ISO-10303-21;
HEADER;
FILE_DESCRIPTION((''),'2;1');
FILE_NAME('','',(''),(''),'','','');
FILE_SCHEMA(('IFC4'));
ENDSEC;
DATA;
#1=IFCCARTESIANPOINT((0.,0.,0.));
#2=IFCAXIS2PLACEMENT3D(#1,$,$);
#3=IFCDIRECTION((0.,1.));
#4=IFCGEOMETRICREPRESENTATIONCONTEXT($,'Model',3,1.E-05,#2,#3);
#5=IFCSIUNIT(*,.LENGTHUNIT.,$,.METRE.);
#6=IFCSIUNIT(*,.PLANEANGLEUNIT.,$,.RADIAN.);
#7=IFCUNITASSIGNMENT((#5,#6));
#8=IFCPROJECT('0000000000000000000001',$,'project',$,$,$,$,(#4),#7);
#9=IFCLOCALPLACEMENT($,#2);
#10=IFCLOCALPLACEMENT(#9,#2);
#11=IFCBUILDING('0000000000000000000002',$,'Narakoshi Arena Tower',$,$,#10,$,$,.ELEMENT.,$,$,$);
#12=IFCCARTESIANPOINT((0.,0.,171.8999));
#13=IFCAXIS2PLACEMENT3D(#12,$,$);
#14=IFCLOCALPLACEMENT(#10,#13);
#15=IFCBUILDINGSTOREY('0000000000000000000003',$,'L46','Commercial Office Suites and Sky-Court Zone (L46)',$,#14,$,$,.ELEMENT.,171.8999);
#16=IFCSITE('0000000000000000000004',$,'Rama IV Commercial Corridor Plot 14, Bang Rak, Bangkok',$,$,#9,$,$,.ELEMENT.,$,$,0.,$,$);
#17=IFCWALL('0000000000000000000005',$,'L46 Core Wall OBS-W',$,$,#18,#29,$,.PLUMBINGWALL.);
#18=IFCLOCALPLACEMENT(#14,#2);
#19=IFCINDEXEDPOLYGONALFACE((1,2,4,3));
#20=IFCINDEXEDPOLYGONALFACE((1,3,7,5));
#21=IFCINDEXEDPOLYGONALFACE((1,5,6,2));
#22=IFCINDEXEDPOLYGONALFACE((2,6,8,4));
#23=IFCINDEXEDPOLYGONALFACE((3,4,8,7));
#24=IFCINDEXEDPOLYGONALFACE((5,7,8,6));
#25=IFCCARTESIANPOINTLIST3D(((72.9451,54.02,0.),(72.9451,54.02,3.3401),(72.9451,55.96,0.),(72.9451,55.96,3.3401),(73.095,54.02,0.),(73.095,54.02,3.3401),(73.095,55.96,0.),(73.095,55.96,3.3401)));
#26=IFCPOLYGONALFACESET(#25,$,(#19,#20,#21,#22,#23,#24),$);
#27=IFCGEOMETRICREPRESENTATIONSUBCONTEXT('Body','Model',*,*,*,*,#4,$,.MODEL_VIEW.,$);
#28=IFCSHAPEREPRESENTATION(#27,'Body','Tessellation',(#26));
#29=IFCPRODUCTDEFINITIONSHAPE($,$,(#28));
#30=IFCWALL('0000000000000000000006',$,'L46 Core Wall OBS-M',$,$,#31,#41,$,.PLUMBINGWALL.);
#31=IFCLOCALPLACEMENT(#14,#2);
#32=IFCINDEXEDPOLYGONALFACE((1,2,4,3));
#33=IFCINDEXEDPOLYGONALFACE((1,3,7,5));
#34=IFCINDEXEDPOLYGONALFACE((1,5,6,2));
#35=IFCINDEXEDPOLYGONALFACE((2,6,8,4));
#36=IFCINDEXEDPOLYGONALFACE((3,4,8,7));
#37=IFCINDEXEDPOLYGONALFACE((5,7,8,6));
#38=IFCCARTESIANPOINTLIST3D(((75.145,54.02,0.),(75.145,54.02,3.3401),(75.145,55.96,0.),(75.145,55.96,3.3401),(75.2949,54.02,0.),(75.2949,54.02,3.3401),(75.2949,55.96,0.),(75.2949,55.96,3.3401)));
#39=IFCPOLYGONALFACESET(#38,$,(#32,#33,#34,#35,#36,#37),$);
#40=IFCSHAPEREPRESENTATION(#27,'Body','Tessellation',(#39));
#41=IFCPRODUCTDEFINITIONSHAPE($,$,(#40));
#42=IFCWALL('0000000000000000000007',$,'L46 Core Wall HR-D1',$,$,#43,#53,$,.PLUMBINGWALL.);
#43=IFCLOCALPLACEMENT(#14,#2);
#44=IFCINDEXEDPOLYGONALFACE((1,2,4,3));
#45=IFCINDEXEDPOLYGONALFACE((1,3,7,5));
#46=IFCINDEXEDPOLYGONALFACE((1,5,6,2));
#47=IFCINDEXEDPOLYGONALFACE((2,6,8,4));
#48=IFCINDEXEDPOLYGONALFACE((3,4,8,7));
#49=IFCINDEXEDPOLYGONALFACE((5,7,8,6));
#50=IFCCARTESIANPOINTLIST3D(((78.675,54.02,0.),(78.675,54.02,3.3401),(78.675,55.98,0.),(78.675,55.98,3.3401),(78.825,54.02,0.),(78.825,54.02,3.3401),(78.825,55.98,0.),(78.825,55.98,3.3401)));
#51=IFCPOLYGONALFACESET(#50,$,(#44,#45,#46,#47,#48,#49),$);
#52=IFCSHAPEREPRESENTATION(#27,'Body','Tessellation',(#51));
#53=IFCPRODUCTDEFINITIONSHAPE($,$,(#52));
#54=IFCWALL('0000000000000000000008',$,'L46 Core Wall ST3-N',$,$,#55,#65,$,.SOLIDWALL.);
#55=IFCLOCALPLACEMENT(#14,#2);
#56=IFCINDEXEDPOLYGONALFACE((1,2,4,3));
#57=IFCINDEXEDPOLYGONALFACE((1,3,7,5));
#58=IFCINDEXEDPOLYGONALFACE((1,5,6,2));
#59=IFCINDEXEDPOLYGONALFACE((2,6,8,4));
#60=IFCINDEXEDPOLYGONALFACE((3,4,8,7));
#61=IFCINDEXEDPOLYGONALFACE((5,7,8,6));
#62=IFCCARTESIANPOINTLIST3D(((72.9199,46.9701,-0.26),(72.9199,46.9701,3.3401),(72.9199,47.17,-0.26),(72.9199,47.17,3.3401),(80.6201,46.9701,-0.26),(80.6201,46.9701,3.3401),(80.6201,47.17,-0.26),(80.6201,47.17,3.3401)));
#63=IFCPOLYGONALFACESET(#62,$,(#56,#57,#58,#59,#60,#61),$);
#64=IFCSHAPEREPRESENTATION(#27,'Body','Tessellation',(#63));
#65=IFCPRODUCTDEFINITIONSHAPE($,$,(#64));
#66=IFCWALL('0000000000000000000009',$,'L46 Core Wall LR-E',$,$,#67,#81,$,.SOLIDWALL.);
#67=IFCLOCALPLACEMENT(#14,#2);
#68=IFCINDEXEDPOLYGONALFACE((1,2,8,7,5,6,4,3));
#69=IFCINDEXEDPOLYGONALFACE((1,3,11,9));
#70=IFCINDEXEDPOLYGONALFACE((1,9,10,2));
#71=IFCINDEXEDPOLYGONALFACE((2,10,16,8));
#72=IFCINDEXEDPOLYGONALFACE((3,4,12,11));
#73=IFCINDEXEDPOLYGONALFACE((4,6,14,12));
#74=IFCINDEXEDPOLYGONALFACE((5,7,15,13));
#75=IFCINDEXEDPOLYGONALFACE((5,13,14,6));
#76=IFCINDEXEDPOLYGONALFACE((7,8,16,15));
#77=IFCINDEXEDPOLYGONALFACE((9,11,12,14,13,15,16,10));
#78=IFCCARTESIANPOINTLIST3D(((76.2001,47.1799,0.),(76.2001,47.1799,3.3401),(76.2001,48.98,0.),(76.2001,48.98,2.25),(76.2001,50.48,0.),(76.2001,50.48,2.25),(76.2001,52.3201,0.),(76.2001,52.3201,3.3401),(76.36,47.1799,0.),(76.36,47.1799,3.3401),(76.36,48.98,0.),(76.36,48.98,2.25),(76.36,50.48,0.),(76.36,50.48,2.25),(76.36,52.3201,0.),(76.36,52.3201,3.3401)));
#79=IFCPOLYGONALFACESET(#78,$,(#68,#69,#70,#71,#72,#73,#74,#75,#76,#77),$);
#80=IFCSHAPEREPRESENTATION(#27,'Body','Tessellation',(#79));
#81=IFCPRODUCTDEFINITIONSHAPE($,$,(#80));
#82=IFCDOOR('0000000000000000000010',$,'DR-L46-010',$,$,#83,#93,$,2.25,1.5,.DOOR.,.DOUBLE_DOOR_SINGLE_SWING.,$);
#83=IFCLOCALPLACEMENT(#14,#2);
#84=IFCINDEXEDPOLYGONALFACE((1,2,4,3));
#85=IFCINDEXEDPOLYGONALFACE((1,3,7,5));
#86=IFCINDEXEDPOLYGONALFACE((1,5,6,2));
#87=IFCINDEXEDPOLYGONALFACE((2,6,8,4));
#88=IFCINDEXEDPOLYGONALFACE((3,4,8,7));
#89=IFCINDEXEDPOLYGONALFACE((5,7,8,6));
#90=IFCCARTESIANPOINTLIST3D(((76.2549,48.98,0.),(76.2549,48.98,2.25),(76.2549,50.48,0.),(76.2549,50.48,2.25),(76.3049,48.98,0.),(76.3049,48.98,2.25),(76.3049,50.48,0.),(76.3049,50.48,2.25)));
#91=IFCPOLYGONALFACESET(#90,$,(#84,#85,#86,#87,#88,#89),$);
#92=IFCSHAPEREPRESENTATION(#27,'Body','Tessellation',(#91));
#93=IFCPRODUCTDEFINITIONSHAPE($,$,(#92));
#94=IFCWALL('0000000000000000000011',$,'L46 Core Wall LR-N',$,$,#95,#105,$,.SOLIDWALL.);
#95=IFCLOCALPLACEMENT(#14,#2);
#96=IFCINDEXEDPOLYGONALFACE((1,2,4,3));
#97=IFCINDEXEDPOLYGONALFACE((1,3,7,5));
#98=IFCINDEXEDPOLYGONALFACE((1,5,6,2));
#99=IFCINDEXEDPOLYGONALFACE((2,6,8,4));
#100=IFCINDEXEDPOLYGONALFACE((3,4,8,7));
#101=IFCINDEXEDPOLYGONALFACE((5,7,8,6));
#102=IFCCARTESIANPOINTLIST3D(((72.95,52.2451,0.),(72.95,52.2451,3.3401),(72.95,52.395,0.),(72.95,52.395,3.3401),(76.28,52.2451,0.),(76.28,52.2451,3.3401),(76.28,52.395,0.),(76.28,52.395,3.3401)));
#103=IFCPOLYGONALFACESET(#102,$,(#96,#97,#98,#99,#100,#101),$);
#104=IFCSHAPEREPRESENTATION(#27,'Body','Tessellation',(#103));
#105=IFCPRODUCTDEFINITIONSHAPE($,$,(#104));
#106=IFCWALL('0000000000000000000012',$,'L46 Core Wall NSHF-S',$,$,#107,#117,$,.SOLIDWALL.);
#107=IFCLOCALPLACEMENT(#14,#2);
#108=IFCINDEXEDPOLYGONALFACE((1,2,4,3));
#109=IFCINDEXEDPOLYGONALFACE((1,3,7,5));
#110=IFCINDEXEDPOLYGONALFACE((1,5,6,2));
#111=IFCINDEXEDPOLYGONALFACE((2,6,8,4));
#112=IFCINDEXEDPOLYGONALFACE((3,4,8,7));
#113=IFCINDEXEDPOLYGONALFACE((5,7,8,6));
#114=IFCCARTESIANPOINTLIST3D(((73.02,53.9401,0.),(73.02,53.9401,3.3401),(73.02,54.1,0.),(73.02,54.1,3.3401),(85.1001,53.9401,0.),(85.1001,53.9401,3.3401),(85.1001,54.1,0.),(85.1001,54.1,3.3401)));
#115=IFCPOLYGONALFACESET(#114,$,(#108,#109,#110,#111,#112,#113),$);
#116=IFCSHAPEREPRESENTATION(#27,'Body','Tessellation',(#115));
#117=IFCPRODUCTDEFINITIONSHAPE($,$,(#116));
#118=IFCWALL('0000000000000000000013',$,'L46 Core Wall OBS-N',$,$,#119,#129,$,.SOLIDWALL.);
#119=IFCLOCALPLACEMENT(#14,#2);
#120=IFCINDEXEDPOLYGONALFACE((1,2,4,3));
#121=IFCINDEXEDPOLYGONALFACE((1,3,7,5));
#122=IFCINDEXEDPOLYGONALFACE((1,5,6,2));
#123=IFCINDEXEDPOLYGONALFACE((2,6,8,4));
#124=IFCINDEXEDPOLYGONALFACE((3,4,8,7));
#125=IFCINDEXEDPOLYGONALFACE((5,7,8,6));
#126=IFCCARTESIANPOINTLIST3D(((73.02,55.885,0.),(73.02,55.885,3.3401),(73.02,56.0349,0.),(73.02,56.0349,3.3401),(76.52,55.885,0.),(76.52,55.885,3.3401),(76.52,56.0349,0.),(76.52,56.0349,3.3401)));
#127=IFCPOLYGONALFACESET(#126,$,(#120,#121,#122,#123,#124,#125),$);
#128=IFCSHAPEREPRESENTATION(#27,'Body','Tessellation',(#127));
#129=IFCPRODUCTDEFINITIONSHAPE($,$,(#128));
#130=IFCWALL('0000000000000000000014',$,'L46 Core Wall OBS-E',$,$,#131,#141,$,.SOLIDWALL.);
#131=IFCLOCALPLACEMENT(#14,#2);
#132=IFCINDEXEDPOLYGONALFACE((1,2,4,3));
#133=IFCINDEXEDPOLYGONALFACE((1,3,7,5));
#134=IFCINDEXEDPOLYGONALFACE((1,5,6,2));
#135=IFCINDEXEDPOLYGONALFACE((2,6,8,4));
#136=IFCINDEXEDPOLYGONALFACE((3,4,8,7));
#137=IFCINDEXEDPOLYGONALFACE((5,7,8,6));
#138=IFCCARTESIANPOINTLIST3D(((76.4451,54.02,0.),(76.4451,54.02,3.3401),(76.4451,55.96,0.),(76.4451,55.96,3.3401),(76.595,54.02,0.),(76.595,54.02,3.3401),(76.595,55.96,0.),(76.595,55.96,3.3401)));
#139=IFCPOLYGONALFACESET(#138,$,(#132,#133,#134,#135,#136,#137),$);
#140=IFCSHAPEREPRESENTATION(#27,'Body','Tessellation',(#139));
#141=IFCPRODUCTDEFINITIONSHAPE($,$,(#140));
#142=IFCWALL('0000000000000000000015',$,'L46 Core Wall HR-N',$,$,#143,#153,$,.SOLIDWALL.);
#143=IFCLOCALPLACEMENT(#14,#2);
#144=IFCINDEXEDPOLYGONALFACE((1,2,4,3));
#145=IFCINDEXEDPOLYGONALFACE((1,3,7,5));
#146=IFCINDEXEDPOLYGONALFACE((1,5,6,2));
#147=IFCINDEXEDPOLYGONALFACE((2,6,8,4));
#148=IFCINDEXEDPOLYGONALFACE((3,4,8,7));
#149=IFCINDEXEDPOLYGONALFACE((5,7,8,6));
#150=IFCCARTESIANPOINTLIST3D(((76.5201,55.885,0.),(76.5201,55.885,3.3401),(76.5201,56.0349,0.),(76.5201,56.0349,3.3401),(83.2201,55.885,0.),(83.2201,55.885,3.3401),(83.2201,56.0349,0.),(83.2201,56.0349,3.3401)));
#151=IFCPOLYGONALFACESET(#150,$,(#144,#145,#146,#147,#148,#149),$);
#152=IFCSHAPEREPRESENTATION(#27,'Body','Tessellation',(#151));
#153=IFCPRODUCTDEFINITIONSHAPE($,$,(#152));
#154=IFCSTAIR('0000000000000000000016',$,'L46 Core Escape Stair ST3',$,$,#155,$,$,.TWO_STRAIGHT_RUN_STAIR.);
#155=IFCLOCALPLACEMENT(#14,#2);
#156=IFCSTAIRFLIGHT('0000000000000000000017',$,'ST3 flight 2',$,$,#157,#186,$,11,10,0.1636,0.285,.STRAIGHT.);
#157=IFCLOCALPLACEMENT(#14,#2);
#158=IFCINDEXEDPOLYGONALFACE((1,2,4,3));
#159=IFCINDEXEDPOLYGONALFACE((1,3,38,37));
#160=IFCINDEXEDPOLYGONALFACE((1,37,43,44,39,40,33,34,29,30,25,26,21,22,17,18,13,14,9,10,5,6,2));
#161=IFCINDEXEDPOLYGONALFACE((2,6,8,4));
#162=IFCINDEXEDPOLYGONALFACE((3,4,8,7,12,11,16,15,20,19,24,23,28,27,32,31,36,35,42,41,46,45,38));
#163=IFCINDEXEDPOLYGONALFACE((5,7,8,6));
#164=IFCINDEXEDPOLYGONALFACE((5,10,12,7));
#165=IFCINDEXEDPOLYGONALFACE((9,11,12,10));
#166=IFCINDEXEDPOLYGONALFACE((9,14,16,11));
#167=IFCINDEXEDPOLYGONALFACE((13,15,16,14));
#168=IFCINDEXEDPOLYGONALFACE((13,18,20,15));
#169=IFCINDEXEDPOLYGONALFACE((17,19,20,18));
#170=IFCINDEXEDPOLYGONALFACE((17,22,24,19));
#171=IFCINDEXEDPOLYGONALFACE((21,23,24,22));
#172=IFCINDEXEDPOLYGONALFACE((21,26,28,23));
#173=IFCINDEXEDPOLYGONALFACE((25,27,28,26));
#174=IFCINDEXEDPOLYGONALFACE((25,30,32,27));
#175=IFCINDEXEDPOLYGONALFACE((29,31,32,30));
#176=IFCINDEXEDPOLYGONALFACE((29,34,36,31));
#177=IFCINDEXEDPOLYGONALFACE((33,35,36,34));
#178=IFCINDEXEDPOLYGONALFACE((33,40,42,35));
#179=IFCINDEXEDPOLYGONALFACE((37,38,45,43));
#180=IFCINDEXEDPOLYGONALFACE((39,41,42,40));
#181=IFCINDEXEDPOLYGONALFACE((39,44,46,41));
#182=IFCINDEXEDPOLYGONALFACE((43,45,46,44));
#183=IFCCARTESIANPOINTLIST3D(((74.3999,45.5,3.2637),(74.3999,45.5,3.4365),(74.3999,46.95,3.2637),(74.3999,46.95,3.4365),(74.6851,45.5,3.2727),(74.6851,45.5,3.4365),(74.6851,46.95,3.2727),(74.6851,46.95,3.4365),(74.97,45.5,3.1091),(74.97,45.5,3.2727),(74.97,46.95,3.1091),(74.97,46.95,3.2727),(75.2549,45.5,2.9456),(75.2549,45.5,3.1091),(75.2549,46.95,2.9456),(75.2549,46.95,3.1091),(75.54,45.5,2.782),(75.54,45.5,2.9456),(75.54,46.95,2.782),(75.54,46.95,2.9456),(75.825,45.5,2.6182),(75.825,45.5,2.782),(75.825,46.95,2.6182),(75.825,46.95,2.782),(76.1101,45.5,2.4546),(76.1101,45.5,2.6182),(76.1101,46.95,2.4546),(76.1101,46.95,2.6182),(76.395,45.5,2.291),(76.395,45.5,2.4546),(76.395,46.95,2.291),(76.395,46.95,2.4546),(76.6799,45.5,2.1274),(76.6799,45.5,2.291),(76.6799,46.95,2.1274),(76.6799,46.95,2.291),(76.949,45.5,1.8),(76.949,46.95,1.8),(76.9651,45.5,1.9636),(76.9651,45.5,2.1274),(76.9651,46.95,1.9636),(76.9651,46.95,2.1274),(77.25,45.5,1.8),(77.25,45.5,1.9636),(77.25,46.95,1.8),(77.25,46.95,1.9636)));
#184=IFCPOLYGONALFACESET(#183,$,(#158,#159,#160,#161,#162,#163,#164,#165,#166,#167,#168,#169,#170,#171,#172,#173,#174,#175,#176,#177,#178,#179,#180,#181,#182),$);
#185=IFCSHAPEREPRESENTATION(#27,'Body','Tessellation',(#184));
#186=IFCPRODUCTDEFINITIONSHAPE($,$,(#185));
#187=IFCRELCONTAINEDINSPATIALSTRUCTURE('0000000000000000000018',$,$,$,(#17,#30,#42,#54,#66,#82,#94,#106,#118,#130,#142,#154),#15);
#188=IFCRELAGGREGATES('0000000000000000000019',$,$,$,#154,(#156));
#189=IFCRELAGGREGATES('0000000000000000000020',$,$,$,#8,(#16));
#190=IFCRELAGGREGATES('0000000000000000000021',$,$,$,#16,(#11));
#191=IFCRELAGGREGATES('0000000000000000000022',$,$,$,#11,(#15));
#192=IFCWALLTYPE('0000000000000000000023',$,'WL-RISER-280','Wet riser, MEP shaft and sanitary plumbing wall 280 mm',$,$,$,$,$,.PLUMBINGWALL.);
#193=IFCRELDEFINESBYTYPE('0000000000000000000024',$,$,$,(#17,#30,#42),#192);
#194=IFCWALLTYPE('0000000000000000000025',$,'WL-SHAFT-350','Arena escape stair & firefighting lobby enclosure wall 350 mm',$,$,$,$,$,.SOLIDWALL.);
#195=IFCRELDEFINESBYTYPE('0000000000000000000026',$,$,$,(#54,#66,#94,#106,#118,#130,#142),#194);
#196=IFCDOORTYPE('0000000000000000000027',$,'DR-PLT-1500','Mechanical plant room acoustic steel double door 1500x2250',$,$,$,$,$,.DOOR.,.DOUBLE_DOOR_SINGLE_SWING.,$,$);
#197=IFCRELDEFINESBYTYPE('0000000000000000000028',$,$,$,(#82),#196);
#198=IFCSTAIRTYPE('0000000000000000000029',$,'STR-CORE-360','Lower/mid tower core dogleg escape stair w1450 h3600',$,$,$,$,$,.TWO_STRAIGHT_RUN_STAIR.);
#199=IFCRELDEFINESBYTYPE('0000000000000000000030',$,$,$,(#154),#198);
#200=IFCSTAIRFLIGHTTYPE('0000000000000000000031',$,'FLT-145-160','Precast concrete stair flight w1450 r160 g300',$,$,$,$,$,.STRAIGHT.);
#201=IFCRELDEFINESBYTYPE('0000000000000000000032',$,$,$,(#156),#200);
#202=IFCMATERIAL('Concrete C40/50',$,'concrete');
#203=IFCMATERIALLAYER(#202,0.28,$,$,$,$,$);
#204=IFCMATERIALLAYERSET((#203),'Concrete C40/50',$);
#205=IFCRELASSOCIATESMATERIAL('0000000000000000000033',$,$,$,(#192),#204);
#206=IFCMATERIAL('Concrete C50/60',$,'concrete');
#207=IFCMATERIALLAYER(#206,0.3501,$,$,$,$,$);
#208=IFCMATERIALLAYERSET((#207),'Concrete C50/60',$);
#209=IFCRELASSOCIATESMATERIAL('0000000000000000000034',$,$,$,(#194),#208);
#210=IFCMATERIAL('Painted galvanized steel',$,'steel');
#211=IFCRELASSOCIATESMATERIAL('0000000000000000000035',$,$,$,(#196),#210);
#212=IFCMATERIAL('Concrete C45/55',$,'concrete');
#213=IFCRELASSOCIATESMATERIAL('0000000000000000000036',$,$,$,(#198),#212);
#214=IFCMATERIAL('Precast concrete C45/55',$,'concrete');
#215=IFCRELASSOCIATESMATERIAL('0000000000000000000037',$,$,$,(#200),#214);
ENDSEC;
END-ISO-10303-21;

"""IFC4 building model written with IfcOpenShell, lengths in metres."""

from ifc_helpers import new_model, si_unit, direction, frame, frame_2d, origin, place, context, subcontext, project, spatial, polyline, rectangle, outline, extrude, material, layer, layer_set, type_object, element, fill, aggregate, save


model = new_model("IFC4")

# Units and contexts
model_context = context("Model", 3, precision=1e-05, world=origin(), true_north=direction((0.0, 1.0)))
body_context = subcontext(model_context, "Body", "Model", "MODEL_VIEW")
ifc_project = project(units=[si_unit("LENGTHUNIT", "METRE"), si_unit("PLANEANGLEUNIT", "RADIAN")], contexts=[model_context])

# Site, building, storey
site_placement = place(None, origin())
site = spatial("IfcSite", under=ifc_project, at=site_placement, Name="Rama IV Commercial Corridor Plot 14, Bang Rak, Bangkok", CompositionType="ELEMENT", RefElevation=0.0)
building_placement = place(site_placement, origin())
building = spatial("IfcBuilding", under=site, at=building_placement, Name="Narakoshi Arena Tower", CompositionType="ELEMENT")
storey_placement = place(building_placement, frame((0.0, 0.0, 171.8999)))
storey = spatial("IfcBuildingStorey", under=building, at=storey_placement, Name="L46", Description="Commercial Office Suites and Sky-Court Zone (L46)", CompositionType="ELEMENT", Elevation=171.8999)

# Walls
ifc_material_1 = material(Name="Concrete C40/50", Category="concrete")
ifc_layer_1 = layer(ifc_material_1, 0.28)
ifc_layer_set_1 = layer_set([ifc_layer_1], Name="Concrete C40/50")
wall_type_1 = type_object("IfcWallType", Name="WL-RISER-280", Description="Wet riser, MEP shaft and sanitary plumbing wall 280 mm", PredefinedType="PLUMBINGWALL", material=ifc_layer_set_1)
for number, where, z_axis, x_axis, name in (
    (1, (73.02, 54.02, 0.0), (0.0, 0.0, 1.0), (0.0, 1.0, 0.0), "L46 Core Wall OBS-W"),
    (2, (75.22, 54.02, 0.0), (0.0, 0.0, 1.0), (0.0, 1.0, 0.0), "L46 Core Wall OBS-M"),
):
    element("IfcWall", number, at=place(storey_placement, frame(where, z_axis=z_axis, x_axis=x_axis)), inside=storey, type_object=wall_type_1, Name=name, PredefinedType="PLUMBINGWALL", context=body_context, shape_type="SweptSolid", body=[
        extrude(rectangle(XDim=1.9399, YDim=0.1499, at=frame_2d((0.97, 0.0))), origin(), (0.0, 0.0, 1.0), 3.3401),
    ])
wall_1_placement = place(storey_placement, frame((78.75, 54.02, 0.0), z_axis=(0.0, 0.0, 1.0), x_axis=(0.0, 1.0, 0.0)))
element("IfcWall", 3, at=wall_1_placement, inside=storey, type_object=wall_type_1, Name="L46 Core Wall HR-D1", PredefinedType="PLUMBINGWALL", context=body_context, shape_type="SweptSolid", body=[
    extrude(rectangle(XDim=1.96, YDim=0.1499, at=frame_2d((0.98, 0.0))), origin(), (0.0, 0.0, 1.0), 3.3401),
])
ifc_material_2 = material(Name="Concrete C50/60", Category="concrete")
ifc_layer_2 = layer(ifc_material_2, 0.3501)
ifc_layer_set_2 = layer_set([ifc_layer_2], Name="Concrete C50/60")
wall_type_2 = type_object("IfcWallType", Name="WL-SHAFT-350", Description="Arena escape stair & firefighting lobby enclosure wall 350 mm", PredefinedType="SOLIDWALL", material=ifc_layer_set_2)
wall_2_placement = place(storey_placement, frame((72.9199, 47.0701, -0.26), z_axis=(0.0, 0.0, 1.0), x_axis=(1.0, 0.0, 0.0)))
element("IfcWall", 4, at=wall_2_placement, inside=storey, type_object=wall_type_2, Name="L46 Core Wall ST3-N", PredefinedType="SOLIDWALL", context=body_context, shape_type="SweptSolid", body=[
    extrude(rectangle(XDim=7.7002, YDim=0.2, at=frame_2d((3.8501, 0.0))), origin(), (0.0, 0.0, 1.0), 3.6001),
])

# Wall, opening, door
wall_3_placement = place(storey_placement, frame((76.28, 47.1799, 0.0), z_axis=(0.0, 0.0, 1.0), x_axis=(0.0, 1.0, 0.0)))
wall_3 = element("IfcWall", 5, at=wall_3_placement, inside=storey, type_object=wall_type_2, Name="L46 Core Wall LR-E", PredefinedType="SOLIDWALL", context=body_context, shape_type="SweptSolid", body=[
    extrude(rectangle(XDim=5.1401, YDim=0.1599, at=frame_2d((2.5701, 0.0))), origin(), (0.0, 0.0, 1.0), 3.3401),
])
opening_placement = place(wall_3_placement, frame((1.8, 0.0, 0.0)))
opening = element("IfcOpeningElement", 6, at=opening_placement, cuts=wall_3, PredefinedType="OPENING", context=body_context, shape_type="SweptSolid", body=[
    extrude(rectangle(XDim=1.5, YDim=2.25, at=frame_2d((0.75, 1.125))), frame((0.0, 0.0898, 0.0), z_axis=(0.0, -1.0, 0.0), x_axis=(1.0, 0.0, 0.0)), (0.0, 0.0, 1.0), 0.1799),
])
ifc_material_3 = material(Name="Painted galvanized steel", Category="steel")
door_type = type_object("IfcDoorType", Name="DR-PLT-1500", Description="Mechanical plant room acoustic steel double door 1500x2250", OperationType="DOUBLE_DOOR_SINGLE_SWING", PredefinedType="DOOR", material=ifc_material_3)
door_placement = place(opening_placement, frame((1.5, 0.0, 0.0), z_axis=(0.0, 0.0, 1.0), x_axis=(-1.0, 0.0, 0.0)))
door = element("IfcDoor", 7, at=door_placement, inside=storey, type_object=door_type, Name="DR-L46-010", OperationType="DOUBLE_DOOR_SINGLE_SWING", OverallHeight=2.25, OverallWidth=1.5, PredefinedType="DOOR", context=body_context, shape_type="SweptSolid", body=[
    extrude(rectangle(XDim=1.5, YDim=2.25, at=frame_2d((0.75, 1.125))), frame((0.0, 0.0249, 0.0), z_axis=(0.0, -1.0, 0.0), x_axis=(1.0, 0.0, 0.0)), (0.0, 0.0, 1.0), 0.05),
])
fill(opening, door)

# Walls
wall_4_placement = place(storey_placement, frame((72.95, 52.3201, 0.0), z_axis=(0.0, 0.0, 1.0), x_axis=(1.0, 0.0, 0.0)))
element("IfcWall", 8, at=wall_4_placement, inside=storey, type_object=wall_type_2, Name="L46 Core Wall LR-N", PredefinedType="SOLIDWALL", context=body_context, shape_type="SweptSolid", body=[
    extrude(rectangle(XDim=3.3301, YDim=0.1499, at=frame_2d((1.665, 0.0))), origin(), (0.0, 0.0, 1.0), 3.3401),
])
wall_5_placement = place(storey_placement, frame((73.02, 54.02, 0.0), z_axis=(0.0, 0.0, 1.0), x_axis=(1.0, 0.0, 0.0)))
element("IfcWall", 9, at=wall_5_placement, inside=storey, type_object=wall_type_2, Name="L46 Core Wall NSHF-S", PredefinedType="SOLIDWALL", context=body_context, shape_type="SweptSolid", body=[
    extrude(rectangle(XDim=12.0801, YDim=0.1599, at=frame_2d((6.04, 0.0))), origin(), (0.0, 0.0, 1.0), 3.3401),
])
wall_6_placement = place(storey_placement, frame((73.02, 55.96, 0.0), z_axis=(0.0, 0.0, 1.0), x_axis=(1.0, 0.0, 0.0)))
element("IfcWall", 10, at=wall_6_placement, inside=storey, type_object=wall_type_2, Name="L46 Core Wall OBS-N", PredefinedType="SOLIDWALL", context=body_context, shape_type="SweptSolid", body=[
    extrude(rectangle(XDim=3.5, YDim=0.1499, at=frame_2d((1.75, 0.0))), origin(), (0.0, 0.0, 1.0), 3.3401),
])
wall_7_placement = place(storey_placement, frame((76.52, 54.02, 0.0), z_axis=(0.0, 0.0, 1.0), x_axis=(0.0, 1.0, 0.0)))
element("IfcWall", 11, at=wall_7_placement, inside=storey, type_object=wall_type_2, Name="L46 Core Wall OBS-E", PredefinedType="SOLIDWALL", context=body_context, shape_type="SweptSolid", body=[
    extrude(rectangle(XDim=1.9399, YDim=0.1499, at=frame_2d((0.97, 0.0))), origin(), (0.0, 0.0, 1.0), 3.3401),
])
wall_8_placement = place(storey_placement, frame((76.52, 55.96, 0.0), z_axis=(0.0, 0.0, 1.0), x_axis=(1.0, 0.0, 0.0)))
element("IfcWall", 12, at=wall_8_placement, inside=storey, type_object=wall_type_2, Name="L46 Core Wall HR-N", PredefinedType="SOLIDWALL", context=body_context, shape_type="SweptSolid", body=[
    extrude(rectangle(XDim=6.7, YDim=0.1499, at=frame_2d((3.3501, 0.0))), origin(), (0.0, 0.0, 1.0), 3.3401),
])

# Stair, stair flight
ifc_material_4 = material(Name="Concrete C45/55", Category="concrete")
stair_type = type_object("IfcStairType", Name="STR-CORE-360", Description="Lower/mid tower core dogleg escape stair w1450 h3600", PredefinedType="TWO_STRAIGHT_RUN_STAIR", material=ifc_material_4)
stair_placement = place(storey_placement, origin())
stair = element("IfcStair", 13, at=stair_placement, inside=storey, type_object=stair_type, Name="L46 Core Escape Stair ST3", PredefinedType="TWO_STRAIGHT_RUN_STAIR")
ifc_material_5 = material(Name="Precast concrete C45/55", Category="concrete")
stair_flight_type = type_object("IfcStairFlightType", Name="FLT-145-160", Description="Precast concrete stair flight w1450 r160 g300", PredefinedType="STRAIGHT", material=ifc_material_5)
stair_flight_placement = place(storey_placement, frame((77.25, 46.2251, 1.8), z_axis=(0.0, 0.0, 1.0), x_axis=(-1.0, 0.0, 0.0)))
stair_flight = element("IfcStairFlight", 14, at=stair_flight_placement, type_object=stair_flight_type, Name="ST3 flight 2", NumberOfRisers=11, NumberOfTreads=10, PredefinedType="STRAIGHT", RiserHeight=0.1636, TreadLength=0.285, context=body_context, shape_type="SweptSolid", body=[
    extrude(outline(polyline([(0.0, 0.0), (0.0, 0.1636), (0.2849, 0.1636), (0.2849, 0.3274), (0.5701, 0.3274), (0.5701, 0.491), (0.855, 0.491), (0.855, 0.6545), (1.1399, 0.6545), (1.1399, 0.8181), (1.425, 0.8181), (1.425, 0.9819), (1.71, 0.9819), (1.71, 1.1455), (1.9951, 1.1455), (1.9951, 1.3091), (2.28, 1.3091), (2.28, 1.4727), (2.5649, 1.4727), (2.5649, 1.6365), (2.8501, 1.6365), (2.8501, 1.8), (2.8501, 1.4636), (0.301, 0.0), (0.0, 0.0)])), frame((0.0, 0.7251, 0.0), z_axis=(0.0, -1.0, 0.0), x_axis=(1.0, 0.0, 0.0)), (0.0, 0.0, 1.0), 1.45),
])
aggregate(stair, [stair_flight])

save(model, "model.ifc")
